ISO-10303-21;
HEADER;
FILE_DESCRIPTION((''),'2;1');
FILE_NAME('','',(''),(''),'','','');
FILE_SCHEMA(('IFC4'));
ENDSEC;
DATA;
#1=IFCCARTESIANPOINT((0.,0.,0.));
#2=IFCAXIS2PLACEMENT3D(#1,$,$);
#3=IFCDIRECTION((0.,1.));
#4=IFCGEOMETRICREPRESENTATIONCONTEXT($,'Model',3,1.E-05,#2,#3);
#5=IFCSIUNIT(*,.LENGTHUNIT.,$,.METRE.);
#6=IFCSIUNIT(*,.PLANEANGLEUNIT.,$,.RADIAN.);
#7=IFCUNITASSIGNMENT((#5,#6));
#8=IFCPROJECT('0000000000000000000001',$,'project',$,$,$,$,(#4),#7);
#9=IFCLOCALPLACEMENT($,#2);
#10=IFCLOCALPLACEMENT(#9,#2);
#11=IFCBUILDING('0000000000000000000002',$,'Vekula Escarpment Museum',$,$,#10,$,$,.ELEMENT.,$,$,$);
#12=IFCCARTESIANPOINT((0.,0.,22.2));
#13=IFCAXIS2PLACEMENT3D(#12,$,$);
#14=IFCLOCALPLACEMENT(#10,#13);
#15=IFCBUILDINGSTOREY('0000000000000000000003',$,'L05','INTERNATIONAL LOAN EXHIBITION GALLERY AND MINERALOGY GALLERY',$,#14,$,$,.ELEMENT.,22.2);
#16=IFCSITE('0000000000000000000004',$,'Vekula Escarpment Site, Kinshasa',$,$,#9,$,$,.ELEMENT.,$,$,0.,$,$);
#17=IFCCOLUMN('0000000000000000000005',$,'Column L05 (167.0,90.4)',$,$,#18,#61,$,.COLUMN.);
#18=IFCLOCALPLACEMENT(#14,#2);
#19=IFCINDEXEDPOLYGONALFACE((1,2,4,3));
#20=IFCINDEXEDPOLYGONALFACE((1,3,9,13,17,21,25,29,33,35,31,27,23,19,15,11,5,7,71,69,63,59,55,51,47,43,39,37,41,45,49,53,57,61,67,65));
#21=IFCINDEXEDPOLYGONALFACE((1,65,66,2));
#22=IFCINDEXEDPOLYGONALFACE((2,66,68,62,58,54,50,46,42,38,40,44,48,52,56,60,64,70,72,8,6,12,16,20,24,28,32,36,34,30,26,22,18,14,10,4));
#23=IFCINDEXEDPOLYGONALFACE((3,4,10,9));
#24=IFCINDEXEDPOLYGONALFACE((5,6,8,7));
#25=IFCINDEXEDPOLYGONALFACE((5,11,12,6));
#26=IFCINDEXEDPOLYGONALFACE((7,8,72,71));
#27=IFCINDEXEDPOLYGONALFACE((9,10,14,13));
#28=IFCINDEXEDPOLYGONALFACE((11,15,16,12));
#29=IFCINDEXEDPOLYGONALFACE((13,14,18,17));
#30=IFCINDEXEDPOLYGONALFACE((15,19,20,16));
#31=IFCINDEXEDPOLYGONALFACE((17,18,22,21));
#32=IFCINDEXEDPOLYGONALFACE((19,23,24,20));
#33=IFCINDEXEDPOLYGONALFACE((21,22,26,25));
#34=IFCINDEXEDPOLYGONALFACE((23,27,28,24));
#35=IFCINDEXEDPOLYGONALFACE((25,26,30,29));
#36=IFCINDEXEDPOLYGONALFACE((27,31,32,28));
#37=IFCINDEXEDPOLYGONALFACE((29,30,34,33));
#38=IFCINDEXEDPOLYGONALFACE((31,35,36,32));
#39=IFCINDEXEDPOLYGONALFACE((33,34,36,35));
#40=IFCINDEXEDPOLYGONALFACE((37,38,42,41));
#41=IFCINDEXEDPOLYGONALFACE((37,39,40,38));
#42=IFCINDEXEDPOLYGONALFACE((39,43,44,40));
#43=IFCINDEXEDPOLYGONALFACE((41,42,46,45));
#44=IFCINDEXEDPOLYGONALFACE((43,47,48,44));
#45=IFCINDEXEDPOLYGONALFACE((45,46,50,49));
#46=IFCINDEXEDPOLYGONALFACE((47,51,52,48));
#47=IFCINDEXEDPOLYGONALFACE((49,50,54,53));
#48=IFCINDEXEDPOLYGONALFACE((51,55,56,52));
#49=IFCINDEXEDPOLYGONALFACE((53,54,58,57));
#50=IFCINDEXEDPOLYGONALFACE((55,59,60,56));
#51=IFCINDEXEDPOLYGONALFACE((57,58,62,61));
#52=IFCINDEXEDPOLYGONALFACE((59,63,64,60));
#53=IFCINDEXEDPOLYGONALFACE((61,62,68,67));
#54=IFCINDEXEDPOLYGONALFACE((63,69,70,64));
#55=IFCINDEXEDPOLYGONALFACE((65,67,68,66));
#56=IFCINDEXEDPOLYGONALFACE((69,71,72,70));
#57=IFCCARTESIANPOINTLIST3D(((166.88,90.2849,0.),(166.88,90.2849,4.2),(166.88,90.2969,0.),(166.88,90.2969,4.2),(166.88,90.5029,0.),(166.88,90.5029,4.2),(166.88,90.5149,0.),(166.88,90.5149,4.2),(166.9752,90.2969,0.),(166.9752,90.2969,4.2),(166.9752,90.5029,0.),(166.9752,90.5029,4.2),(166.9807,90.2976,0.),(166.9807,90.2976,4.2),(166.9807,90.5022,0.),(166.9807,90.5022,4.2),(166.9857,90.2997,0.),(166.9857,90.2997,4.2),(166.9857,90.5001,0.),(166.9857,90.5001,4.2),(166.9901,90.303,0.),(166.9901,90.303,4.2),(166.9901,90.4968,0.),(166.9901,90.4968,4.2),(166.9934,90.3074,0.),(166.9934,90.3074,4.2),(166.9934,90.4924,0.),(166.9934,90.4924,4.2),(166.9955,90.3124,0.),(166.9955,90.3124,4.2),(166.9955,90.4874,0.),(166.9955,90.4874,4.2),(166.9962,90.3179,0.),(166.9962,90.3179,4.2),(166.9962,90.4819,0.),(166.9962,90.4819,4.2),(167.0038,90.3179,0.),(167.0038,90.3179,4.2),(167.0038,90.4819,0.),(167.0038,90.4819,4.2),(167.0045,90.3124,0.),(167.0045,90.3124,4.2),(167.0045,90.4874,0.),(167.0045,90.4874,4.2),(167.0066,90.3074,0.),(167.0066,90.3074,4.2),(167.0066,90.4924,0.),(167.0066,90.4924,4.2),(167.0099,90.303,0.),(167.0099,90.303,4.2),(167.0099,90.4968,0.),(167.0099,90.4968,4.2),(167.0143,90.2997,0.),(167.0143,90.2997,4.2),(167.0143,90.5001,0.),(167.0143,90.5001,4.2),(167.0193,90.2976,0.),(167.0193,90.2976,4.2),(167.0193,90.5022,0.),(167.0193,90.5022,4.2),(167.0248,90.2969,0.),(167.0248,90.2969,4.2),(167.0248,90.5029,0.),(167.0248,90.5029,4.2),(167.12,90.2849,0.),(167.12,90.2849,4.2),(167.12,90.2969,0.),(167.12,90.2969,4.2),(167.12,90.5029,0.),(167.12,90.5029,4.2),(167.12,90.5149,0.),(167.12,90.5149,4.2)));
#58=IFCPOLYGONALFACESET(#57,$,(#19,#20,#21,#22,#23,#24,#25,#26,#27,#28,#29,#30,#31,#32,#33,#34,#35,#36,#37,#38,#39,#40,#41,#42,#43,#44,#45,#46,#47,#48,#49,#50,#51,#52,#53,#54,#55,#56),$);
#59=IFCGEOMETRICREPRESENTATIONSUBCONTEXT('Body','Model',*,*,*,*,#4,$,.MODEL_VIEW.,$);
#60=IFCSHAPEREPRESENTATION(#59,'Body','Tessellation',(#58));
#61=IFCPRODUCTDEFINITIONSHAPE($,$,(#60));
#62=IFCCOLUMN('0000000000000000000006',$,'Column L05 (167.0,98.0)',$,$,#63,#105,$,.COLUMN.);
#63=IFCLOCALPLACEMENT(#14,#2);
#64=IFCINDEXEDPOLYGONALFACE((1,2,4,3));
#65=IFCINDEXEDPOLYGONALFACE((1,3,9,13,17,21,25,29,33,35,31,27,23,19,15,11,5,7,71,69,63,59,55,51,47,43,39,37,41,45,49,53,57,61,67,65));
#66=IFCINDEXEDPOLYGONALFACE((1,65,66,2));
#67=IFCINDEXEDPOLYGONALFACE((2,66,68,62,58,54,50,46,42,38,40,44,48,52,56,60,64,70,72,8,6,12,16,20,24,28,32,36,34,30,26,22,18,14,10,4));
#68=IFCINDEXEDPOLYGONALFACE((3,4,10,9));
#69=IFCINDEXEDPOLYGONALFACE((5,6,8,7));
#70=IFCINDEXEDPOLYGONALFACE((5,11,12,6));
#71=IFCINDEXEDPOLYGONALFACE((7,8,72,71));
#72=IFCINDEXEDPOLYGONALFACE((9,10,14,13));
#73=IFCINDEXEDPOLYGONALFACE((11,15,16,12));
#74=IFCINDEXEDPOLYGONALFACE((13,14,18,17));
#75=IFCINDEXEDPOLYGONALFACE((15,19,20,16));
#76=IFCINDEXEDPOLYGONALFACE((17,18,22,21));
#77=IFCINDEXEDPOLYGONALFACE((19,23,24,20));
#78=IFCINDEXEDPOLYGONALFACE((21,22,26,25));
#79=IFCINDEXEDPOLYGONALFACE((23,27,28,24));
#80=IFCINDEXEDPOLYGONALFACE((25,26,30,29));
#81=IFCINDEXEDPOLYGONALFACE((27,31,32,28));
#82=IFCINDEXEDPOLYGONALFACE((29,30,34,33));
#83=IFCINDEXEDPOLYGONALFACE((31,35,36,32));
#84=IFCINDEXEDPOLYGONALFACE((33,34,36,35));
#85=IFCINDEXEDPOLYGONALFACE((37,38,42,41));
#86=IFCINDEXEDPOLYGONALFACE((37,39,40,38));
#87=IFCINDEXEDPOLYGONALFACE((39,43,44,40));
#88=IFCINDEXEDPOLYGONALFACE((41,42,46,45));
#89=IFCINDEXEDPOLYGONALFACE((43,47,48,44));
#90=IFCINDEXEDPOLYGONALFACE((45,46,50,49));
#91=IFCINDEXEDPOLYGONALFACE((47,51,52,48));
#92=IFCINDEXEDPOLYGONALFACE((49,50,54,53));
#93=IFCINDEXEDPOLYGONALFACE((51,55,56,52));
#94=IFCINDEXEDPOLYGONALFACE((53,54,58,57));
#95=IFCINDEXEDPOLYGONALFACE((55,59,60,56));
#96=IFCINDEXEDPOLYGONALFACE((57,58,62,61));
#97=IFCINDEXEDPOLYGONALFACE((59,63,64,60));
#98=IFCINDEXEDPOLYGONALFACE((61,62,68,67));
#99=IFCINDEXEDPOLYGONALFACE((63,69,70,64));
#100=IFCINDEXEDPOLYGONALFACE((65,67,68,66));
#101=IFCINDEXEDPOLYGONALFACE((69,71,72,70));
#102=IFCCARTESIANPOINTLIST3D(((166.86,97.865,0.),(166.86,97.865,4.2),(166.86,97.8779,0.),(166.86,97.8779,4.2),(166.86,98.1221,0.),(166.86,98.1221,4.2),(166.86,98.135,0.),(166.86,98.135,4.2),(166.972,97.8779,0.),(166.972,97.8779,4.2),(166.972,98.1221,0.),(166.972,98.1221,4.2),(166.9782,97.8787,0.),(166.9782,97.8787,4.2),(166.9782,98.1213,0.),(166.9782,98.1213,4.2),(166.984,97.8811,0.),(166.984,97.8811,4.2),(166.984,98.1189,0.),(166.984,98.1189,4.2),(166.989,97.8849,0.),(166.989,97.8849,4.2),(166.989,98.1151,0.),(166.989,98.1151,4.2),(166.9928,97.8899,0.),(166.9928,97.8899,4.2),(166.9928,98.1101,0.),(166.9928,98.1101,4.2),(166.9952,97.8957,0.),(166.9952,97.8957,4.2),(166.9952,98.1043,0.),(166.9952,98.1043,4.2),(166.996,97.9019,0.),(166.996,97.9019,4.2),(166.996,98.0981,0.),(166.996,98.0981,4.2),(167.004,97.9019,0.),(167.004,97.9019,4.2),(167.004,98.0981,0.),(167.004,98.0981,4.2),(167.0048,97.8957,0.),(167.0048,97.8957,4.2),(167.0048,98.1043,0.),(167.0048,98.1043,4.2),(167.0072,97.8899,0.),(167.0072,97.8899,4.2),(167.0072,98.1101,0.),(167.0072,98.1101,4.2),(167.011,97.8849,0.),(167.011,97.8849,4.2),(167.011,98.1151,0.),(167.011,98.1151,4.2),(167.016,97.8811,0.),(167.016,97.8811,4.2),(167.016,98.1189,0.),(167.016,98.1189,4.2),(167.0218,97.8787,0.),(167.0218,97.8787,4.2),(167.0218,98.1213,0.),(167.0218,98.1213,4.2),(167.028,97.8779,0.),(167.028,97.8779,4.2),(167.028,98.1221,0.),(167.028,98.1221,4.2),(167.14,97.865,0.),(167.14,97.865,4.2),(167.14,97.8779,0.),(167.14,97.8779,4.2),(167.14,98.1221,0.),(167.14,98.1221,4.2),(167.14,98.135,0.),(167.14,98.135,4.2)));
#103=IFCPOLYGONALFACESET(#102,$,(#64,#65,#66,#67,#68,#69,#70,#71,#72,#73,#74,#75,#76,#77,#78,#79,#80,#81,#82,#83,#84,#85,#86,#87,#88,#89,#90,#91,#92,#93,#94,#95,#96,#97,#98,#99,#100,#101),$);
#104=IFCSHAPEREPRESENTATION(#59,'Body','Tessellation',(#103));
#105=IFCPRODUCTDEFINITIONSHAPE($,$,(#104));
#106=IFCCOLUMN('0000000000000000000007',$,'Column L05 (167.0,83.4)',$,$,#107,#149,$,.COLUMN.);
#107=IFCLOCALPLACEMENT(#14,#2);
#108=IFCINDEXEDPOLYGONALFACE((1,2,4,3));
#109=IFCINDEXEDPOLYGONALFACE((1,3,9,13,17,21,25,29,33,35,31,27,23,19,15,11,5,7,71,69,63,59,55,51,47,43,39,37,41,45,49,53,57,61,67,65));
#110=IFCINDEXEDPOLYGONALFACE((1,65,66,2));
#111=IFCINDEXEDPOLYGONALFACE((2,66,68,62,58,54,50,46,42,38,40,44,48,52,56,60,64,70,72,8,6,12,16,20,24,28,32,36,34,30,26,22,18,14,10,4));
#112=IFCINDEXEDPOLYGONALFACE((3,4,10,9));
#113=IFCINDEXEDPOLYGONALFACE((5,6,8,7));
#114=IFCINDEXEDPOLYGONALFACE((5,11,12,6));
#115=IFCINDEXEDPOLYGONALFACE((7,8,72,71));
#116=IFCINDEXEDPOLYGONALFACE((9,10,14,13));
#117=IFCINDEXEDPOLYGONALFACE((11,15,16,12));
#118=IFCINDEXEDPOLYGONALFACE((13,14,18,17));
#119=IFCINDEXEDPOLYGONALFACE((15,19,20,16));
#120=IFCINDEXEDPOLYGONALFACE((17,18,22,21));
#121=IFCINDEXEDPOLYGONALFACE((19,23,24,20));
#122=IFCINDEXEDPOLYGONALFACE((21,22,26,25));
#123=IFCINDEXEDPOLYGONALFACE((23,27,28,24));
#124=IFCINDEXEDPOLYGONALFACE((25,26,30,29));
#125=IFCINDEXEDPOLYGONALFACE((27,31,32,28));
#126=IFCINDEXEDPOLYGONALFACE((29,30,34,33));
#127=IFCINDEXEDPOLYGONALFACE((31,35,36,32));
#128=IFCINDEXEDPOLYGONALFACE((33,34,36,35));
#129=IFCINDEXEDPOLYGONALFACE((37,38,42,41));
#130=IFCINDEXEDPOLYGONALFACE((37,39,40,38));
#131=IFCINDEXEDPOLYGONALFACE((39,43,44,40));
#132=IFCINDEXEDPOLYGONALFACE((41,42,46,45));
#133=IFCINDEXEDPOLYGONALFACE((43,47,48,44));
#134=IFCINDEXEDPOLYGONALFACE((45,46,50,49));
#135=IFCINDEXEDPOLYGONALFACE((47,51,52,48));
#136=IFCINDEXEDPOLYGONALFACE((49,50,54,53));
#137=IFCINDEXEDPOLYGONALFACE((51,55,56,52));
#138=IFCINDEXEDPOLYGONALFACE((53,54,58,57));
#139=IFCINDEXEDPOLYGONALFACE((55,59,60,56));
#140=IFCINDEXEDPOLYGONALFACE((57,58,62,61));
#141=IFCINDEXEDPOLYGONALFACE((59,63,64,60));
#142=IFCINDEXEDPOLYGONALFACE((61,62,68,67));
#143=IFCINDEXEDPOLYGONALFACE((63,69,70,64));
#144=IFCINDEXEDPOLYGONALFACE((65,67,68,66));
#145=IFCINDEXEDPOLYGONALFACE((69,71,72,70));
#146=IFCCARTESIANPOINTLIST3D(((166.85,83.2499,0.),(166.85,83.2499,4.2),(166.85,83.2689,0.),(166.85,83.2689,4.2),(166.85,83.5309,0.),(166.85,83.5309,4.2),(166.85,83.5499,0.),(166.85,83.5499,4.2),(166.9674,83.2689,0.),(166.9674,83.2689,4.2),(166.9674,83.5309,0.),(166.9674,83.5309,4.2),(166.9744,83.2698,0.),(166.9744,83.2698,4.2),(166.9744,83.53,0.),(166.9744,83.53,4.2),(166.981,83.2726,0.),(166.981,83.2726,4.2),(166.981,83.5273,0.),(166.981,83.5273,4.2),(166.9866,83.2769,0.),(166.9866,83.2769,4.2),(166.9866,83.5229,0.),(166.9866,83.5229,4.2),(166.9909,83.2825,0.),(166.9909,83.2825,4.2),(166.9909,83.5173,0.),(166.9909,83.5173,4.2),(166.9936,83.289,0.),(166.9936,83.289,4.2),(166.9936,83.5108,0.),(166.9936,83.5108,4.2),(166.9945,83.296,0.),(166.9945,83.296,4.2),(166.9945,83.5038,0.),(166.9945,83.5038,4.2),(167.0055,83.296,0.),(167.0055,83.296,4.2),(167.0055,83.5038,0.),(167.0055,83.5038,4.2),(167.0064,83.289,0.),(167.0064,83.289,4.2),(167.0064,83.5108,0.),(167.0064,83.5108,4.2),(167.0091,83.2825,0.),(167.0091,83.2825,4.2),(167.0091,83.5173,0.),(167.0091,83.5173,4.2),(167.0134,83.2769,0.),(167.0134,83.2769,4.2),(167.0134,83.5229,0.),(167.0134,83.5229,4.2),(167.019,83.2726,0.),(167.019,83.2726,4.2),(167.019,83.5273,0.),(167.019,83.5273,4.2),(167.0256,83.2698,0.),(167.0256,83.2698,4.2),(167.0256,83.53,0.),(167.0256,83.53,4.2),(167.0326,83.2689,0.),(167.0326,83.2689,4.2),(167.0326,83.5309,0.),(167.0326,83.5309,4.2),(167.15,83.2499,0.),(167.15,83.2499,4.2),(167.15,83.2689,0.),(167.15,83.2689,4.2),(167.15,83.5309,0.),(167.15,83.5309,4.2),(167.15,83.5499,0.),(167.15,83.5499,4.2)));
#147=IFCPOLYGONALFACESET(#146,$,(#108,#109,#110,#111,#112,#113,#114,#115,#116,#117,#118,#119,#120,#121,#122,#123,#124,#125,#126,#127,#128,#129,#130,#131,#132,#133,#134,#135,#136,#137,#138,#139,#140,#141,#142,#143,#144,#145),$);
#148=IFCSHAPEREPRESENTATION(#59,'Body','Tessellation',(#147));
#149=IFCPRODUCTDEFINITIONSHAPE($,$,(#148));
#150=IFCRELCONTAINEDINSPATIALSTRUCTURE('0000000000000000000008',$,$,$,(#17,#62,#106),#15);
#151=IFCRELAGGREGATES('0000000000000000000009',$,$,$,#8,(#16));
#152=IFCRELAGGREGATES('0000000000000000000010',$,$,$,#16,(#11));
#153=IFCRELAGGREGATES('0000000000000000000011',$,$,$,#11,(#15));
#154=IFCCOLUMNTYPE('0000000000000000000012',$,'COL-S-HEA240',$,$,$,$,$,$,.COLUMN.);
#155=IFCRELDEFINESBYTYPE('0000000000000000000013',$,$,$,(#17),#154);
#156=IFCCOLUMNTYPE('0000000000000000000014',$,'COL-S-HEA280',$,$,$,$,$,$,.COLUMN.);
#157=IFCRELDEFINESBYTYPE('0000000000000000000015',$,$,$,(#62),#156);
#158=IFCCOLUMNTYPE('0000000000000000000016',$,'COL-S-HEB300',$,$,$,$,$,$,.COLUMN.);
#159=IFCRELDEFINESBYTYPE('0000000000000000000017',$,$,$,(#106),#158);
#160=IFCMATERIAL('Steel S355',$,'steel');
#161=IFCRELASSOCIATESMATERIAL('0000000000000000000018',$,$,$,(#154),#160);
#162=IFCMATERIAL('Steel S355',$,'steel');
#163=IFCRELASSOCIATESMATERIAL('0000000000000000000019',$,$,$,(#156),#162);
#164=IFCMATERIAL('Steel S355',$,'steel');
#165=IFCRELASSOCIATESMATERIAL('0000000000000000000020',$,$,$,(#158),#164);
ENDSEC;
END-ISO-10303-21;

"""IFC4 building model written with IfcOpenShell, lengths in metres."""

from ifc_helpers import new_model, si_unit, direction, frame, origin, origin_2d, place, context, subcontext, project, spatial, i_section, extrude, material, material_profile, profile_set, type_object, element, save


model = new_model("IFC4")

# Units and contexts
model_context = context("Model", 3, precision=1e-05, world=origin(), true_north=direction((0.0, 1.0)))
body_context = subcontext(model_context, "Body", "Model", "MODEL_VIEW")
ifc_project = project(units=[si_unit("LENGTHUNIT", "METRE"), si_unit("PLANEANGLEUNIT", "RADIAN")], contexts=[model_context])

# Site, building, storey
site_placement = place(None, origin())
site = spatial("IfcSite", under=ifc_project, at=site_placement, Name="Vekula Escarpment Site, Kinshasa", CompositionType="ELEMENT", RefElevation=0.0)
building_placement = place(site_placement, origin())
building = spatial("IfcBuilding", under=site, at=building_placement, Name="Vekula Escarpment Museum", CompositionType="ELEMENT")
storey_placement = place(building_placement, frame((0.0, 0.0, 22.2)))
storey = spatial("IfcBuildingStorey", under=building, at=storey_placement, Name="L05", Description="INTERNATIONAL LOAN EXHIBITION GALLERY AND MINERALOGY GALLERY", CompositionType="ELEMENT", Elevation=22.2)

# Columns
ifc_material_1 = material(Name="Steel S355", Category="steel")
ifc_material_profile_1 = material_profile(ifc_material_1, i_section(OverallWidth=0.24, OverallDepth=0.23, WebThickness=0.0076, FlangeThickness=0.012, FilletRadius=0.021, at=origin_2d()), Name="HEA 240")
ifc_profile_set_1 = profile_set([ifc_material_profile_1], Name="Steel S355")
column_type_1 = type_object("IfcColumnType", Name="COL-S-HEA240", PredefinedType="COLUMN", material=ifc_profile_set_1)
column_1_placement = place(storey_placement, frame((167.0, 90.3999, 0.0), z_axis=(0.0, 0.0, 1.0), x_axis=(1.0, 0.0, 0.0)))
element("IfcColumn", 1, at=column_1_placement, inside=storey, type_object=column_type_1, Name="Column L05 (167.0,90.4)", PredefinedType="COLUMN", context=body_context, shape_type="SweptSolid", body=[
    extrude(i_section(OverallWidth=0.24, OverallDepth=0.23, WebThickness=0.0076, FlangeThickness=0.012, FilletRadius=0.021, at=origin_2d()), origin(), (0.0, 0.0, 1.0), 4.2),
])
ifc_material_2 = material(Name="Steel S355", Category="steel")
ifc_material_profile_2 = material_profile(ifc_material_2, i_section(OverallWidth=0.28, OverallDepth=0.27, WebThickness=0.0081, FlangeThickness=0.0129, FilletRadius=0.0239, at=origin_2d()), Name="HEA 280")
ifc_profile_set_2 = profile_set([ifc_material_profile_2], Name="Steel S355")
column_type_2 = type_object("IfcColumnType", Name="COL-S-HEA280", PredefinedType="COLUMN", material=ifc_profile_set_2)
column_2_placement = place(storey_placement, frame((167.0, 98.0, 0.0), z_axis=(0.0, 0.0, 1.0), x_axis=(1.0, 0.0, 0.0)))
element("IfcColumn", 2, at=column_2_placement, inside=storey, type_object=column_type_2, Name="Column L05 (167.0,98.0)", PredefinedType="COLUMN", context=body_context, shape_type="SweptSolid", body=[
    extrude(i_section(OverallWidth=0.28, OverallDepth=0.27, WebThickness=0.0081, FlangeThickness=0.0129, FilletRadius=0.0239, at=origin_2d()), origin(), (0.0, 0.0, 1.0), 4.2),
])
ifc_material_3 = material(Name="Steel S355", Category="steel")
ifc_material_profile_3 = material_profile(ifc_material_3, i_section(OverallWidth=0.3, OverallDepth=0.3, WebThickness=0.011, FlangeThickness=0.019, FilletRadius=0.0271, at=origin_2d()), Name="HEB 300")
ifc_profile_set_3 = profile_set([ifc_material_profile_3], Name="Steel S355")
column_type_3 = type_object("IfcColumnType", Name="COL-S-HEB300", PredefinedType="COLUMN", material=ifc_profile_set_3)
column_3_placement = place(storey_placement, frame((167.0, 83.3999, 0.0), z_axis=(0.0, 0.0, 1.0), x_axis=(1.0, 0.0, 0.0)))
element("IfcColumn", 3, at=column_3_placement, inside=storey, type_object=column_type_3, Name="Column L05 (167.0,83.4)", PredefinedType="COLUMN", context=body_context, shape_type="SweptSolid", body=[
    extrude(i_section(OverallWidth=0.3, OverallDepth=0.3, WebThickness=0.011, FlangeThickness=0.019, FilletRadius=0.0271, at=origin_2d()), origin(), (0.0, 0.0, 1.0), 4.2),
])

save(model, "model.ifc")
